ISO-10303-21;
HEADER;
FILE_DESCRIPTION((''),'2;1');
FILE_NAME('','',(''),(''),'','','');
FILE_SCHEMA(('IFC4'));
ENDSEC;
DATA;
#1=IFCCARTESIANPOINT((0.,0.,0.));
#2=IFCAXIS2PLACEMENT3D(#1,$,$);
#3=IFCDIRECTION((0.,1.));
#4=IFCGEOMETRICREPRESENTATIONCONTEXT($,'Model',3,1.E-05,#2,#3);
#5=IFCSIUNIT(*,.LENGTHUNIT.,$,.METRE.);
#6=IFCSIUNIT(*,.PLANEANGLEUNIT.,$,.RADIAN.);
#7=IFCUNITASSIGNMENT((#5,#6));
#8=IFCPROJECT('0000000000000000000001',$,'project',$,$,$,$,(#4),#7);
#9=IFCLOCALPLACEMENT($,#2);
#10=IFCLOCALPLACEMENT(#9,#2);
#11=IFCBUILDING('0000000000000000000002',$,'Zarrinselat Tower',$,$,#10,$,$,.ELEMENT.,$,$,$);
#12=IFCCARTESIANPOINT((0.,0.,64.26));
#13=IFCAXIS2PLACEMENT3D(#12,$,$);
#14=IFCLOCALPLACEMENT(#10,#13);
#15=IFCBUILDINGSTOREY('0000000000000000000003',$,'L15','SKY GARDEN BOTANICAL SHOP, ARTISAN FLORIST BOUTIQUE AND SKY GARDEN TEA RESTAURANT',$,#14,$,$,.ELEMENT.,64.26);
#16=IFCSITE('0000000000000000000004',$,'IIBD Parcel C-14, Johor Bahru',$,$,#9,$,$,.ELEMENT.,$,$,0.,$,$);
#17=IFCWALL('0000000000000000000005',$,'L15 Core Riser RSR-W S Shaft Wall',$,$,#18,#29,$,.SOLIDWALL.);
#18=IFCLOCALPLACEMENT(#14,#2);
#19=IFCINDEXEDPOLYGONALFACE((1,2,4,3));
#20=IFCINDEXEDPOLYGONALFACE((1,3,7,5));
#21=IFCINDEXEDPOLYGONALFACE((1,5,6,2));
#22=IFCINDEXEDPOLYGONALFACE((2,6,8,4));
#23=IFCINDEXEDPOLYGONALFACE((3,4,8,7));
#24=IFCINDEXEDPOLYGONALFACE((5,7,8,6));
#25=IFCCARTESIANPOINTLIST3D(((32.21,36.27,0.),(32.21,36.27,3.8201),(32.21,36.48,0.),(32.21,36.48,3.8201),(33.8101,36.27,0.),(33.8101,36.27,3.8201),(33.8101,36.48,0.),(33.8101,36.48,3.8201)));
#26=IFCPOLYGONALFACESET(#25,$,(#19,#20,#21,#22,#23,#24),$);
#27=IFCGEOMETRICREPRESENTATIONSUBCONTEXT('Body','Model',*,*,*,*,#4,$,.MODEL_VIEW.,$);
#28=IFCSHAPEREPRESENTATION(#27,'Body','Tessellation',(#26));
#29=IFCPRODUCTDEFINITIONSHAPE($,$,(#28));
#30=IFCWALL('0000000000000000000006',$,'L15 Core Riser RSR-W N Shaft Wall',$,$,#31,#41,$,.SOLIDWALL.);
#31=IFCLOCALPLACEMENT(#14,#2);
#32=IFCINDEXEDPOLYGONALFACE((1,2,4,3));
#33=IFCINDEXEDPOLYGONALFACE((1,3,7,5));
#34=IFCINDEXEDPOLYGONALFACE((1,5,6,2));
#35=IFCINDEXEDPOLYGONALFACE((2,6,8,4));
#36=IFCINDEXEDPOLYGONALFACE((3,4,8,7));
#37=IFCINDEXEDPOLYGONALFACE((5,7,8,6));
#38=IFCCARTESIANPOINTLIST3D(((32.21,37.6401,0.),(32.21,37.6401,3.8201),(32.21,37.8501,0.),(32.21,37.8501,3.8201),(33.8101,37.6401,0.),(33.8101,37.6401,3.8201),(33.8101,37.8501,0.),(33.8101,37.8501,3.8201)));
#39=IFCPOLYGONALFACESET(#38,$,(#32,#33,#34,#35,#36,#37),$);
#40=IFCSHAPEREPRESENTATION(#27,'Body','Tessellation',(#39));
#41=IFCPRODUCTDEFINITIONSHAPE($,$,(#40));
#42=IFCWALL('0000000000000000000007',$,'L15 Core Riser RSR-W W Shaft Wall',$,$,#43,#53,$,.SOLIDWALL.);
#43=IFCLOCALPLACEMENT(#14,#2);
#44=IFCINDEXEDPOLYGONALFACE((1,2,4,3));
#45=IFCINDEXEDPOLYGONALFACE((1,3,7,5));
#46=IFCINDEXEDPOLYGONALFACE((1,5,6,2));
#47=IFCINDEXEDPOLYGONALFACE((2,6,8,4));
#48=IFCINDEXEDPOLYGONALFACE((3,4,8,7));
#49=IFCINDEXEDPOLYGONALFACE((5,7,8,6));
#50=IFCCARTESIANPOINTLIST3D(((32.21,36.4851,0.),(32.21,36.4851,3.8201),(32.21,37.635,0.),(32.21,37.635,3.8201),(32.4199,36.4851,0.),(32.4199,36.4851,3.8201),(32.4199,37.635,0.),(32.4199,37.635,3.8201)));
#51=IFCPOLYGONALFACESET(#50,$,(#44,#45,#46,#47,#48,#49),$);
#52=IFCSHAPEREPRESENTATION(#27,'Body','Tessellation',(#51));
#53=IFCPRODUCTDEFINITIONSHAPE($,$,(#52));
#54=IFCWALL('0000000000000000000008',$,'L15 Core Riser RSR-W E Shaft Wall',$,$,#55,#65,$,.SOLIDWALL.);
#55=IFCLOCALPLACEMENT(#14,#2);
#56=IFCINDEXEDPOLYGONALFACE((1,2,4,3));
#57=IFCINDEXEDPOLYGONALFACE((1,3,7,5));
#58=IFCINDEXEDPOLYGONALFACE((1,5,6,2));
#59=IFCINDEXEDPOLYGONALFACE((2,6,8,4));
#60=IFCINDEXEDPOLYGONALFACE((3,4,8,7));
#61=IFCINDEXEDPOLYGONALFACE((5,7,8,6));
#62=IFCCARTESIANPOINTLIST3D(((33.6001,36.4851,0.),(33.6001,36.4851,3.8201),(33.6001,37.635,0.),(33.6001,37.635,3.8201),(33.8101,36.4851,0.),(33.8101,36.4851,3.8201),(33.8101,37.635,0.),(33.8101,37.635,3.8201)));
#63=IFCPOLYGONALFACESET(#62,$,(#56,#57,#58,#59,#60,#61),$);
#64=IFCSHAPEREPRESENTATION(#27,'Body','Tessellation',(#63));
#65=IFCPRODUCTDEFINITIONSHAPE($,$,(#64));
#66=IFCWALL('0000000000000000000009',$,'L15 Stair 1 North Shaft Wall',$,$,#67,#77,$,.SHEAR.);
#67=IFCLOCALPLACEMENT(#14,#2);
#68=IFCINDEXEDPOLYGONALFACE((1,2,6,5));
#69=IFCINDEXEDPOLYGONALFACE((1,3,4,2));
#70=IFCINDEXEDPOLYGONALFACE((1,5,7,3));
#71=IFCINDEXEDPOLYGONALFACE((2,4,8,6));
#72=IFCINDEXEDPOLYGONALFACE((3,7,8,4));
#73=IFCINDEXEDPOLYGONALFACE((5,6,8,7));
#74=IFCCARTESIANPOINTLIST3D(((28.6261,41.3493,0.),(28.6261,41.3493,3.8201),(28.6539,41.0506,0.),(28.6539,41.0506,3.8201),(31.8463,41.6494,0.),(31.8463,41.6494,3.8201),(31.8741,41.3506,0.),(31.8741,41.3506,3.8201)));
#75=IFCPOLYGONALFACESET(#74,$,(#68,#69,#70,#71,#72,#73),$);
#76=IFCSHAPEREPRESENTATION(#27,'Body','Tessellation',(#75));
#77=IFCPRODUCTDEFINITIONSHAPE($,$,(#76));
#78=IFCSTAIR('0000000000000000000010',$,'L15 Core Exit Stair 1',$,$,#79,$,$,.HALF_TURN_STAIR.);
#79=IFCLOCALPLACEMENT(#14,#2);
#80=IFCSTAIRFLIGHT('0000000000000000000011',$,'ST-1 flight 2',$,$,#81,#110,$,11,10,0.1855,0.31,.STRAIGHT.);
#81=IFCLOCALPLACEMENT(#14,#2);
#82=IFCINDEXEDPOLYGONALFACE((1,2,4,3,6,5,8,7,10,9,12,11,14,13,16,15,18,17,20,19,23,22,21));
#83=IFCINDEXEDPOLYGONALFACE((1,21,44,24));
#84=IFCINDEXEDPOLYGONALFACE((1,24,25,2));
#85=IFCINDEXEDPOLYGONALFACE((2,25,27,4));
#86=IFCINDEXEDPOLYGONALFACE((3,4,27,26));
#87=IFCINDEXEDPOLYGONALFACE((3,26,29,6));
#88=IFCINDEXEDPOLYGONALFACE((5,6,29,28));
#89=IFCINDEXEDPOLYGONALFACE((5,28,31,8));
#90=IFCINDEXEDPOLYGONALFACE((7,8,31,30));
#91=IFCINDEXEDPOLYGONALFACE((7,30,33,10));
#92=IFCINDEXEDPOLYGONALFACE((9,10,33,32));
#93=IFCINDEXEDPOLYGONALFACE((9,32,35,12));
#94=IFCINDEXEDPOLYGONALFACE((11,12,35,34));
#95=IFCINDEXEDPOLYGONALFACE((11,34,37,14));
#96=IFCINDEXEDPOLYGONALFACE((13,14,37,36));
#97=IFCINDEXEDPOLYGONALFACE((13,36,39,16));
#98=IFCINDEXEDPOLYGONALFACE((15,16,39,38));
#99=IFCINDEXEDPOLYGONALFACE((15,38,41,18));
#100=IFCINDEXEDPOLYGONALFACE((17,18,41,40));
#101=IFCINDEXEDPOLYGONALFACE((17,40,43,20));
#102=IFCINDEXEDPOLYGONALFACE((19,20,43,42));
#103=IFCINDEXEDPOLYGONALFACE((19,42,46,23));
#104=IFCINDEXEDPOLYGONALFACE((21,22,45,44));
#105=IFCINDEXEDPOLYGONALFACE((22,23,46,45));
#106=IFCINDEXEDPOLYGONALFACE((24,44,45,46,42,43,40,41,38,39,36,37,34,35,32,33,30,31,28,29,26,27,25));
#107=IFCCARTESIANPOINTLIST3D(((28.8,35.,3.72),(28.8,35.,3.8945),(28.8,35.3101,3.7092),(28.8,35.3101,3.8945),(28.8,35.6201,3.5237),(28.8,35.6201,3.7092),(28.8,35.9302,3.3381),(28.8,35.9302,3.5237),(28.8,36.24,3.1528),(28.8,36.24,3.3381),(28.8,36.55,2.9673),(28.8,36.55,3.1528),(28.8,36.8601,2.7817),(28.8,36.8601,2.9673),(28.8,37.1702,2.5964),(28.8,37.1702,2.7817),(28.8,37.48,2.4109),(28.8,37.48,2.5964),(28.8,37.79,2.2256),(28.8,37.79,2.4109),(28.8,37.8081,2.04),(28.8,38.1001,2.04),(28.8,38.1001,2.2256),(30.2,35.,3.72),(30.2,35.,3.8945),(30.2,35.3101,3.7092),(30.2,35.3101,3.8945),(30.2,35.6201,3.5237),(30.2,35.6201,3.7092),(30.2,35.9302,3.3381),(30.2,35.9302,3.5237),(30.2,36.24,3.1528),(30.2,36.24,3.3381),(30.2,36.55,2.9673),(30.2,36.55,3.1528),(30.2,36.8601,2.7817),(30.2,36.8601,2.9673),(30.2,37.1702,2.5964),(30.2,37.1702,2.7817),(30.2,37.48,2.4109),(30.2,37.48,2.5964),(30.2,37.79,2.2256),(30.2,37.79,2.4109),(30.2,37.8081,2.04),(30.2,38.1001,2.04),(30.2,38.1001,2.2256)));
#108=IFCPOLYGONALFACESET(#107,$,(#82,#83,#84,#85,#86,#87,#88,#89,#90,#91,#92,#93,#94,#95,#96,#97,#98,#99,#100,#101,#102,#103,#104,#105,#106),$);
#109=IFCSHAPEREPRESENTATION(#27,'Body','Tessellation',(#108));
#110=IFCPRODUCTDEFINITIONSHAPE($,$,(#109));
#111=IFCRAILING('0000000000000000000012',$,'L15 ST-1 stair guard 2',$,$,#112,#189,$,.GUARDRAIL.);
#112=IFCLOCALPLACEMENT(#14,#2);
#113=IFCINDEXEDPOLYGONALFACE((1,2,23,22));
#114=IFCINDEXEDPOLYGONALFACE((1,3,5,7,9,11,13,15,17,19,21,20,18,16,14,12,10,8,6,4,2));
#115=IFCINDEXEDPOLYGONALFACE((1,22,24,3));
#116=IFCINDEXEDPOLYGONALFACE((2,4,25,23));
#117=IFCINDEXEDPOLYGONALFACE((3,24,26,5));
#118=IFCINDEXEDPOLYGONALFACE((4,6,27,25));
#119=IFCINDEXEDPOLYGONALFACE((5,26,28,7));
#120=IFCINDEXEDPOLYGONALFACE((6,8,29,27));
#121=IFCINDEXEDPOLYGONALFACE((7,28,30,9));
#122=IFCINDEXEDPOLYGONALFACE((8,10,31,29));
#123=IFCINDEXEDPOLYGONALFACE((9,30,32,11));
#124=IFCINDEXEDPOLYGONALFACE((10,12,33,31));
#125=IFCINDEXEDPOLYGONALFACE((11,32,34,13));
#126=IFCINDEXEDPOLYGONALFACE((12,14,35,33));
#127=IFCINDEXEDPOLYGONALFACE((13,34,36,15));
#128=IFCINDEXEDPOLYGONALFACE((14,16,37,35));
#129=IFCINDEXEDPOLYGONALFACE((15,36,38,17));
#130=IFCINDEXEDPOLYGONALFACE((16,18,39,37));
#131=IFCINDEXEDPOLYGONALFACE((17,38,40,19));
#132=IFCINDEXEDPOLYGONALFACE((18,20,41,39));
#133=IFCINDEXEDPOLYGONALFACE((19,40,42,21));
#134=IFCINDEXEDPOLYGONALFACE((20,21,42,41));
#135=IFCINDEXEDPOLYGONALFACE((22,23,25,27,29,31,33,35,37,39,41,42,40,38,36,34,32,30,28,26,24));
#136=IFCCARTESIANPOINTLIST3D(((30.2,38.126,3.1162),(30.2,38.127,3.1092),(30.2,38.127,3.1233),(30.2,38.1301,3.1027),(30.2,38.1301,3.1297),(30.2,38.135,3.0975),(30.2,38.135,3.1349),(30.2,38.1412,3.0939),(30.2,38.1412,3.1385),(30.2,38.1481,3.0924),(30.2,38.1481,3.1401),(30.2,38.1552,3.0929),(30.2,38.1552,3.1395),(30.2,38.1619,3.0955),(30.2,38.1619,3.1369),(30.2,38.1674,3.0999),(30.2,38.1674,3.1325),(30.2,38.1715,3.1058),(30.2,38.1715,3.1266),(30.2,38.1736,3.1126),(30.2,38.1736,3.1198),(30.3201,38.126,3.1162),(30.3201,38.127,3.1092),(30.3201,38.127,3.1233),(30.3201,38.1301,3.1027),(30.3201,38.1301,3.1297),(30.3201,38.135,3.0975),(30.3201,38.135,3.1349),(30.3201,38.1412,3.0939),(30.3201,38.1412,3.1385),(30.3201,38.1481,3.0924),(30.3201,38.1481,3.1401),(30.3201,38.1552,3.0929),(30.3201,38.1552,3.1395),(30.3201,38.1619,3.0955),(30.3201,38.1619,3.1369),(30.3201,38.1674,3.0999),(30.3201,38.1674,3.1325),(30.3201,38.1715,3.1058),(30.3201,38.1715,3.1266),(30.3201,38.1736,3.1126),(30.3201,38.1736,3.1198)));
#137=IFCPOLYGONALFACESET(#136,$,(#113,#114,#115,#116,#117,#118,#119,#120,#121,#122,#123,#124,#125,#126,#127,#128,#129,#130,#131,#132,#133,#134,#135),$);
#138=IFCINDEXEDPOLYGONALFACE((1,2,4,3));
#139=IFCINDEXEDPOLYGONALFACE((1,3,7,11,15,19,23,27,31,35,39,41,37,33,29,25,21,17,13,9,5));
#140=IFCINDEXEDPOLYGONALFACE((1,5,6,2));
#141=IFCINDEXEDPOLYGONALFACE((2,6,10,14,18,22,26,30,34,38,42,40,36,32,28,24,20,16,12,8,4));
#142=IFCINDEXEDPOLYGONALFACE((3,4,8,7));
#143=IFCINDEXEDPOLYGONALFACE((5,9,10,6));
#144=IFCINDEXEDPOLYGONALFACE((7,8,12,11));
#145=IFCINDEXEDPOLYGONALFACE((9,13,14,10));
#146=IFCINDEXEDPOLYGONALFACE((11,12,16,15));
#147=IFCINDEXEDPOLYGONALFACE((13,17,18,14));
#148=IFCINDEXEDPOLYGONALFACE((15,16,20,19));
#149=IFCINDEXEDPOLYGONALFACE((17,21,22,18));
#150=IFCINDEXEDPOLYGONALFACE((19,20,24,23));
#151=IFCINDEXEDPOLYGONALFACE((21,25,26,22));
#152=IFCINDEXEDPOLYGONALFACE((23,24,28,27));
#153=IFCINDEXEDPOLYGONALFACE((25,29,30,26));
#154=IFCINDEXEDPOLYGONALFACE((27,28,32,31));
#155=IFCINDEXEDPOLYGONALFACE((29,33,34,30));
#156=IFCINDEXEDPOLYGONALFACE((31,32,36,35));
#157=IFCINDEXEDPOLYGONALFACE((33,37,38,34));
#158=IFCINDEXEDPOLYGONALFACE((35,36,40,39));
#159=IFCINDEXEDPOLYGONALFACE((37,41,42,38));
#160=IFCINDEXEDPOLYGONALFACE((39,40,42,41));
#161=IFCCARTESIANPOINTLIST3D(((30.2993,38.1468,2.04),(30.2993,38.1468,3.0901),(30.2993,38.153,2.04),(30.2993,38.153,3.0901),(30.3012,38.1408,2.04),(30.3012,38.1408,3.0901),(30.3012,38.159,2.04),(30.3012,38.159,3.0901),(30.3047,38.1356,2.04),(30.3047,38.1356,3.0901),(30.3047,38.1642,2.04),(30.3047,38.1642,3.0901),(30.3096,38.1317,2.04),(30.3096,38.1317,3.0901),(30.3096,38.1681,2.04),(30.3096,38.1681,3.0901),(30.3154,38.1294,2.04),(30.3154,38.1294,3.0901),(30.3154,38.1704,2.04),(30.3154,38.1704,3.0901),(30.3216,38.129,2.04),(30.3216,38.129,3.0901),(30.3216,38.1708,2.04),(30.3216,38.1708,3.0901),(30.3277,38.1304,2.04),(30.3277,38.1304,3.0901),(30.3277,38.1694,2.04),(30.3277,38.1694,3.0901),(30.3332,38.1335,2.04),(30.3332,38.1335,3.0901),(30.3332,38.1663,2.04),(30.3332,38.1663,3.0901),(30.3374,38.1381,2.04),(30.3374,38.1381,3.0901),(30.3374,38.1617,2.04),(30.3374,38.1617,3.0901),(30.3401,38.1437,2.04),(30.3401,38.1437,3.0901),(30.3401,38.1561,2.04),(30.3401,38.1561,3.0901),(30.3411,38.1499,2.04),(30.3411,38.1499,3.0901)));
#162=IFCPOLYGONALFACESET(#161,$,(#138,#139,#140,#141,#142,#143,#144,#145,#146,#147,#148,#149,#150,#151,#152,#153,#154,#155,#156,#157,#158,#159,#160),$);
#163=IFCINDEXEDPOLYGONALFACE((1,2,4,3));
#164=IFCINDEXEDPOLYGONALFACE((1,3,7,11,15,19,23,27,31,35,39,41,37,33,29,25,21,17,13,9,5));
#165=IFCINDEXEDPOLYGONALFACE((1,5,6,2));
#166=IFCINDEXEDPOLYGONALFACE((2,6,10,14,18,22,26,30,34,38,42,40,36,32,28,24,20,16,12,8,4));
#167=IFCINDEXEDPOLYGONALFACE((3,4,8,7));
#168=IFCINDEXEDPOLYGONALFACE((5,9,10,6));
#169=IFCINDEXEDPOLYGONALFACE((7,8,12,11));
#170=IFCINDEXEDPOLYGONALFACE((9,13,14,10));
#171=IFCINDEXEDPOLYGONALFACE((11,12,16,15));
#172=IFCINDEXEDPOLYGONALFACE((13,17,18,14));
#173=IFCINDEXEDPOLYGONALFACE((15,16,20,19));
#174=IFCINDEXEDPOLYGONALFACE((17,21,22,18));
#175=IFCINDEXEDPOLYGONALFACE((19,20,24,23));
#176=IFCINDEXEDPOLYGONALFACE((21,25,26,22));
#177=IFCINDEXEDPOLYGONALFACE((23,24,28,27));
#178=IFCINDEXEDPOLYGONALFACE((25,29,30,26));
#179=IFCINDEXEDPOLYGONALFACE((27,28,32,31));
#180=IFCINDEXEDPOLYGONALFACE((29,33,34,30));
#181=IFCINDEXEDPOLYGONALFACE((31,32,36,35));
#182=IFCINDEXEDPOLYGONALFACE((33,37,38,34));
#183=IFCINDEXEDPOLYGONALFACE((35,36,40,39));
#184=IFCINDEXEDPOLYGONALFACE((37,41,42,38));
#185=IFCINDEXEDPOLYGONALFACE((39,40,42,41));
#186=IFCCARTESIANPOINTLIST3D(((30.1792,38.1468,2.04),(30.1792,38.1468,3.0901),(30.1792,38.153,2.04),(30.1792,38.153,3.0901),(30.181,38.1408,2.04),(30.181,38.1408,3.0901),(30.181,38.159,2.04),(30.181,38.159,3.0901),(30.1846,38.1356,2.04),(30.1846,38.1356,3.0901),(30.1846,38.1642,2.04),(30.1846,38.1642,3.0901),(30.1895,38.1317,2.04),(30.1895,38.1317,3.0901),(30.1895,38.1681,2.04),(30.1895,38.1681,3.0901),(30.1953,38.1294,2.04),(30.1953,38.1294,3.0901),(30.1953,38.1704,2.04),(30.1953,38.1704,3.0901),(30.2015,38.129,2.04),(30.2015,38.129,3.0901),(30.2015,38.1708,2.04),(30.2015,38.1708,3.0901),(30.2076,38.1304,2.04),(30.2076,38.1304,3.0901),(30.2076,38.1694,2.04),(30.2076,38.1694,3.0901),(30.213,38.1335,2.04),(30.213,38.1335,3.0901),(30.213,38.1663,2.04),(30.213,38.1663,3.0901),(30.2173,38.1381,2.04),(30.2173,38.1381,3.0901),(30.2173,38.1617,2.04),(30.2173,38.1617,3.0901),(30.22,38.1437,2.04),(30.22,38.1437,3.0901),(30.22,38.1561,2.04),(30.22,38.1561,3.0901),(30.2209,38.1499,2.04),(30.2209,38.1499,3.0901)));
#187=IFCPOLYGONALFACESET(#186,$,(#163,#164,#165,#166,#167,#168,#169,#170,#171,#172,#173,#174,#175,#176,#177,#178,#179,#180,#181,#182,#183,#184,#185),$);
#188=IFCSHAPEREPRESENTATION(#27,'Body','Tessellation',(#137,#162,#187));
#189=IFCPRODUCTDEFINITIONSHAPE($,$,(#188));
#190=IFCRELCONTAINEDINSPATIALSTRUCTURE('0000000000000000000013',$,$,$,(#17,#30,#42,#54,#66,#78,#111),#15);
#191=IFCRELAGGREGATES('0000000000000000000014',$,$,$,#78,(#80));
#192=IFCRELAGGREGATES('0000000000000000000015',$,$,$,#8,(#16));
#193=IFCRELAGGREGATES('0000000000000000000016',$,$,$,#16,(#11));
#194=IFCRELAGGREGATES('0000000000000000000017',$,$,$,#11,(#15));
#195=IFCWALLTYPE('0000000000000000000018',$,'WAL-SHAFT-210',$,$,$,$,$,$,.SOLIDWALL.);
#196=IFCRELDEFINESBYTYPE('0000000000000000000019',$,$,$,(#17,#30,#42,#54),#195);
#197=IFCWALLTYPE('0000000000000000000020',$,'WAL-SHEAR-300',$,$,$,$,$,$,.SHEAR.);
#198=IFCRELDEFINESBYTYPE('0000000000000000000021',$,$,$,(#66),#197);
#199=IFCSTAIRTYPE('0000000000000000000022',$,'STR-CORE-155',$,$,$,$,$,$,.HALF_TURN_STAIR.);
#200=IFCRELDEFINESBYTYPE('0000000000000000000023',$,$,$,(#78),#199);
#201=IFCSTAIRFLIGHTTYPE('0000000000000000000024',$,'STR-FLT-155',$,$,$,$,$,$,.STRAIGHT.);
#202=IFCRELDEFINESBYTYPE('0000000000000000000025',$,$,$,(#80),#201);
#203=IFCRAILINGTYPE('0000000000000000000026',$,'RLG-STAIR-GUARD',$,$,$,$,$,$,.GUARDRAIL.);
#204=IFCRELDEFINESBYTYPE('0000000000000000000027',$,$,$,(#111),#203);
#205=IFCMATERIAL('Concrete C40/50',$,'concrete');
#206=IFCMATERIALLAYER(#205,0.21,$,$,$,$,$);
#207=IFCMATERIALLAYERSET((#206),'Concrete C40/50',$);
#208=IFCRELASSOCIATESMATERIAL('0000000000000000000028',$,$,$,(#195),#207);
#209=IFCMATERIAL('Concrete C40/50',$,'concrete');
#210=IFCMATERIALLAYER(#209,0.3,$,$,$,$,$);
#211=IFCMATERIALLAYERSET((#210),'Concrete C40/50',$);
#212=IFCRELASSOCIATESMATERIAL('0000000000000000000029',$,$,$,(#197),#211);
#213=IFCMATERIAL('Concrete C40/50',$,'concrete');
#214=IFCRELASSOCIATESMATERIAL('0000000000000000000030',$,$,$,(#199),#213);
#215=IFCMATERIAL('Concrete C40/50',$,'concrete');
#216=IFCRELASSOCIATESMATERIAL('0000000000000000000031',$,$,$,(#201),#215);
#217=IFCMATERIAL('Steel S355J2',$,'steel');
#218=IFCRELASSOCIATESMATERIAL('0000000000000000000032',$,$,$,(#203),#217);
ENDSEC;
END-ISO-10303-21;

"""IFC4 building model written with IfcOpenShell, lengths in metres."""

from ifc_helpers import new_model, si_unit, direction, frame, frame_2d, origin, origin_2d, place, context, subcontext, project, spatial, polyline, rectangle, circle, outline, extrude, material, layer, layer_set, type_object, element, aggregate, save


model = new_model("IFC4")

# Units and contexts
model_context = context("Model", 3, precision=1e-05, world=origin(), true_north=direction((0.0, 1.0)))
body_context = subcontext(model_context, "Body", "Model", "MODEL_VIEW")
ifc_project = project(units=[si_unit("LENGTHUNIT", "METRE"), si_unit("PLANEANGLEUNIT", "RADIAN")], contexts=[model_context])

# Site, building, storey
site_placement = place(None, origin())
site = spatial("IfcSite", under=ifc_project, at=site_placement, Name="IIBD Parcel C-14, Johor Bahru", CompositionType="ELEMENT", RefElevation=0.0)
building_placement = place(site_placement, origin())
building = spatial("IfcBuilding", under=site, at=building_placement, Name="Zarrinselat Tower", CompositionType="ELEMENT")
storey_placement = place(building_placement, frame((0.0, 0.0, 64.26)))
storey = spatial("IfcBuildingStorey", under=building, at=storey_placement, Name="L15", Description="SKY GARDEN BOTANICAL SHOP, ARTISAN FLORIST BOUTIQUE AND SKY GARDEN TEA RESTAURANT", CompositionType="ELEMENT", Elevation=64.26)

# Shared definitions
ifc_material_1 = material(Name="Concrete C40/50", Category="concrete")
ifc_layer_1 = layer(ifc_material_1, 0.21)
ifc_layer_set_1 = layer_set([ifc_layer_1], Name="Concrete C40/50")
wall_type_1 = type_object("IfcWallType", Name="WAL-SHAFT-210", PredefinedType="SOLIDWALL", material=ifc_layer_set_1)

# Walls
for number, where, z_axis, x_axis, name in (
    (1, (32.21, 36.375, 0.0), (0.0, 0.0, 1.0), (1.0, 0.0, 0.0), "L15 Core Riser RSR-W S Shaft Wall"),
    (2, (32.21, 37.7451, 0.0), (0.0, 0.0, 1.0), (1.0, 0.0, 0.0), "L15 Core Riser RSR-W N Shaft Wall"),
):
    element("IfcWall", number, at=place(storey_placement, frame(where, z_axis=z_axis, x_axis=x_axis)), inside=storey, type_object=wall_type_1, Name=name, PredefinedType="SOLIDWALL", context=body_context, shape_type="SweptSolid", body=[
        extrude(rectangle(XDim=1.6001, YDim=0.21, at=frame_2d((0.8, 0.0))), origin(), (0.0, 0.0, 1.0), 3.8201),
    ])
for number, where, z_axis, x_axis, name in (
    (3, (32.3149, 36.4851, 0.0), (0.0, 0.0, 1.0), (0.0, 1.0, 0.0), "L15 Core Riser RSR-W W Shaft Wall"),
    (4, (33.7051, 36.4851, 0.0), (0.0, 0.0, 1.0), (0.0, 1.0, 0.0), "L15 Core Riser RSR-W E Shaft Wall"),
):
    element("IfcWall", number, at=place(storey_placement, frame(where, z_axis=z_axis, x_axis=x_axis)), inside=storey, type_object=wall_type_1, Name=name, PredefinedType="SOLIDWALL", context=body_context, shape_type="SweptSolid", body=[
        extrude(rectangle(XDim=1.1499, YDim=0.21, at=frame_2d((0.575, 0.0))), origin(), (0.0, 0.0, 1.0), 3.8201),
    ])
ifc_material_2 = material(Name="Concrete C40/50", Category="concrete")
ifc_layer_2 = layer(ifc_material_2, 0.3)
ifc_layer_set_2 = layer_set([ifc_layer_2], Name="Concrete C40/50")
wall_type_2 = type_object("IfcWallType", Name="WAL-SHEAR-300", PredefinedType="SHEAR", material=ifc_layer_set_2)
wall_1_placement = place(storey_placement, frame((28.6399, 41.2, 0.0), z_axis=(0.0, 0.0, 1.0), x_axis=(0.995687, 0.092775, 0.0)))
element("IfcWall", 5, at=wall_1_placement, inside=storey, type_object=wall_type_2, Name="L15 Stair 1 North Shaft Wall", PredefinedType="SHEAR", context=body_context, shape_type="SweptSolid", body=[
    extrude(rectangle(XDim=3.2341, YDim=0.3, at=frame_2d((1.6172, 0.0))), origin(), (0.0, 0.0, 1.0), 3.8201),
])

# Stair, stair flight
ifc_material_3 = material(Name="Concrete C40/50", Category="concrete")
stair_type = type_object("IfcStairType", Name="STR-CORE-155", PredefinedType="HALF_TURN_STAIR", material=ifc_material_3)
stair_placement = place(storey_placement, origin())
stair = element("IfcStair", 6, at=stair_placement, inside=storey, type_object=stair_type, Name="L15 Core Exit Stair 1", PredefinedType="HALF_TURN_STAIR")
ifc_material_4 = material(Name="Concrete C40/50", Category="concrete")
stair_flight_type = type_object("IfcStairFlightType", Name="STR-FLT-155", PredefinedType="STRAIGHT", material=ifc_material_4)
stair_flight_placement = place(storey_placement, frame((29.5, 38.1001, 2.04), z_axis=(0.0, 0.0, 1.0), x_axis=(0.0, -1.0, 0.0)))
stair_flight = element("IfcStairFlight", 7, at=stair_flight_placement, type_object=stair_flight_type, Name="ST-1 flight 2", NumberOfRisers=11, NumberOfTreads=10, PredefinedType="STRAIGHT", RiserHeight=0.1855, TreadLength=0.31, context=body_context, shape_type="SweptSolid", body=[
    extrude(outline(polyline([(0.0, 0.0), (0.0, 0.1855), (0.3101, 0.1855), (0.3101, 0.3708), (0.6201, 0.3708), (0.6201, 0.5564), (0.9299, 0.5564), (0.9299, 0.7417), (1.24, 0.7417), (1.24, 0.9272), (1.55, 0.9272), (1.55, 1.1128), (1.8601, 1.1128), (1.8601, 1.2981), (2.1699, 1.2981), (2.1699, 1.4836), (2.48, 1.4836), (2.48, 1.6692), (2.79, 1.6692), (2.79, 1.8545), (3.1001, 1.8545), (3.1001, 2.04), (3.1001, 1.6799), (0.292, 0.0), (0.0, 0.0)])), frame((0.0, 0.7, 0.0), z_axis=(0.0, -1.0, 0.0), x_axis=(1.0, 0.0, 0.0)), (0.0, 0.0, 1.0), 1.3999),
])
aggregate(stair, [stair_flight])

# Railing
ifc_material_5 = material(Name="Steel S355J2", Category="steel")
railing_type_1 = type_object("IfcRailingType", Name="RLG-STAIR-GUARD", PredefinedType="GUARDRAIL", material=ifc_material_5)
railing_1_placement = place(storey_placement, frame((30.3201, 38.1499, 2.04)))
element("IfcRailing", 8, at=railing_1_placement, inside=storey, type_object=railing_type_1, Name="L15 ST-1 stair guard 2", PredefinedType="GUARDRAIL", context=body_context, shape_type="SweptSolid", body=[
    extrude(circle(Radius=0.0239, at=origin_2d()), frame((0.0, 0.0, 1.0762), z_axis=(-1.0, 0.0, 0.0), x_axis=(0.0, -1.0, 0.0)), (0.0, 0.0, 1.0), 0.1201),
    extrude(circle(Radius=0.021, at=origin_2d()), origin(), (0.0, 0.0, 1.0), 1.05),
    extrude(circle(Radius=0.021, at=origin_2d()), frame((-0.1201, 0.0, 0.0)), (0.0, 0.0, 1.0), 1.05),
])

save(model, "model.ifc")
